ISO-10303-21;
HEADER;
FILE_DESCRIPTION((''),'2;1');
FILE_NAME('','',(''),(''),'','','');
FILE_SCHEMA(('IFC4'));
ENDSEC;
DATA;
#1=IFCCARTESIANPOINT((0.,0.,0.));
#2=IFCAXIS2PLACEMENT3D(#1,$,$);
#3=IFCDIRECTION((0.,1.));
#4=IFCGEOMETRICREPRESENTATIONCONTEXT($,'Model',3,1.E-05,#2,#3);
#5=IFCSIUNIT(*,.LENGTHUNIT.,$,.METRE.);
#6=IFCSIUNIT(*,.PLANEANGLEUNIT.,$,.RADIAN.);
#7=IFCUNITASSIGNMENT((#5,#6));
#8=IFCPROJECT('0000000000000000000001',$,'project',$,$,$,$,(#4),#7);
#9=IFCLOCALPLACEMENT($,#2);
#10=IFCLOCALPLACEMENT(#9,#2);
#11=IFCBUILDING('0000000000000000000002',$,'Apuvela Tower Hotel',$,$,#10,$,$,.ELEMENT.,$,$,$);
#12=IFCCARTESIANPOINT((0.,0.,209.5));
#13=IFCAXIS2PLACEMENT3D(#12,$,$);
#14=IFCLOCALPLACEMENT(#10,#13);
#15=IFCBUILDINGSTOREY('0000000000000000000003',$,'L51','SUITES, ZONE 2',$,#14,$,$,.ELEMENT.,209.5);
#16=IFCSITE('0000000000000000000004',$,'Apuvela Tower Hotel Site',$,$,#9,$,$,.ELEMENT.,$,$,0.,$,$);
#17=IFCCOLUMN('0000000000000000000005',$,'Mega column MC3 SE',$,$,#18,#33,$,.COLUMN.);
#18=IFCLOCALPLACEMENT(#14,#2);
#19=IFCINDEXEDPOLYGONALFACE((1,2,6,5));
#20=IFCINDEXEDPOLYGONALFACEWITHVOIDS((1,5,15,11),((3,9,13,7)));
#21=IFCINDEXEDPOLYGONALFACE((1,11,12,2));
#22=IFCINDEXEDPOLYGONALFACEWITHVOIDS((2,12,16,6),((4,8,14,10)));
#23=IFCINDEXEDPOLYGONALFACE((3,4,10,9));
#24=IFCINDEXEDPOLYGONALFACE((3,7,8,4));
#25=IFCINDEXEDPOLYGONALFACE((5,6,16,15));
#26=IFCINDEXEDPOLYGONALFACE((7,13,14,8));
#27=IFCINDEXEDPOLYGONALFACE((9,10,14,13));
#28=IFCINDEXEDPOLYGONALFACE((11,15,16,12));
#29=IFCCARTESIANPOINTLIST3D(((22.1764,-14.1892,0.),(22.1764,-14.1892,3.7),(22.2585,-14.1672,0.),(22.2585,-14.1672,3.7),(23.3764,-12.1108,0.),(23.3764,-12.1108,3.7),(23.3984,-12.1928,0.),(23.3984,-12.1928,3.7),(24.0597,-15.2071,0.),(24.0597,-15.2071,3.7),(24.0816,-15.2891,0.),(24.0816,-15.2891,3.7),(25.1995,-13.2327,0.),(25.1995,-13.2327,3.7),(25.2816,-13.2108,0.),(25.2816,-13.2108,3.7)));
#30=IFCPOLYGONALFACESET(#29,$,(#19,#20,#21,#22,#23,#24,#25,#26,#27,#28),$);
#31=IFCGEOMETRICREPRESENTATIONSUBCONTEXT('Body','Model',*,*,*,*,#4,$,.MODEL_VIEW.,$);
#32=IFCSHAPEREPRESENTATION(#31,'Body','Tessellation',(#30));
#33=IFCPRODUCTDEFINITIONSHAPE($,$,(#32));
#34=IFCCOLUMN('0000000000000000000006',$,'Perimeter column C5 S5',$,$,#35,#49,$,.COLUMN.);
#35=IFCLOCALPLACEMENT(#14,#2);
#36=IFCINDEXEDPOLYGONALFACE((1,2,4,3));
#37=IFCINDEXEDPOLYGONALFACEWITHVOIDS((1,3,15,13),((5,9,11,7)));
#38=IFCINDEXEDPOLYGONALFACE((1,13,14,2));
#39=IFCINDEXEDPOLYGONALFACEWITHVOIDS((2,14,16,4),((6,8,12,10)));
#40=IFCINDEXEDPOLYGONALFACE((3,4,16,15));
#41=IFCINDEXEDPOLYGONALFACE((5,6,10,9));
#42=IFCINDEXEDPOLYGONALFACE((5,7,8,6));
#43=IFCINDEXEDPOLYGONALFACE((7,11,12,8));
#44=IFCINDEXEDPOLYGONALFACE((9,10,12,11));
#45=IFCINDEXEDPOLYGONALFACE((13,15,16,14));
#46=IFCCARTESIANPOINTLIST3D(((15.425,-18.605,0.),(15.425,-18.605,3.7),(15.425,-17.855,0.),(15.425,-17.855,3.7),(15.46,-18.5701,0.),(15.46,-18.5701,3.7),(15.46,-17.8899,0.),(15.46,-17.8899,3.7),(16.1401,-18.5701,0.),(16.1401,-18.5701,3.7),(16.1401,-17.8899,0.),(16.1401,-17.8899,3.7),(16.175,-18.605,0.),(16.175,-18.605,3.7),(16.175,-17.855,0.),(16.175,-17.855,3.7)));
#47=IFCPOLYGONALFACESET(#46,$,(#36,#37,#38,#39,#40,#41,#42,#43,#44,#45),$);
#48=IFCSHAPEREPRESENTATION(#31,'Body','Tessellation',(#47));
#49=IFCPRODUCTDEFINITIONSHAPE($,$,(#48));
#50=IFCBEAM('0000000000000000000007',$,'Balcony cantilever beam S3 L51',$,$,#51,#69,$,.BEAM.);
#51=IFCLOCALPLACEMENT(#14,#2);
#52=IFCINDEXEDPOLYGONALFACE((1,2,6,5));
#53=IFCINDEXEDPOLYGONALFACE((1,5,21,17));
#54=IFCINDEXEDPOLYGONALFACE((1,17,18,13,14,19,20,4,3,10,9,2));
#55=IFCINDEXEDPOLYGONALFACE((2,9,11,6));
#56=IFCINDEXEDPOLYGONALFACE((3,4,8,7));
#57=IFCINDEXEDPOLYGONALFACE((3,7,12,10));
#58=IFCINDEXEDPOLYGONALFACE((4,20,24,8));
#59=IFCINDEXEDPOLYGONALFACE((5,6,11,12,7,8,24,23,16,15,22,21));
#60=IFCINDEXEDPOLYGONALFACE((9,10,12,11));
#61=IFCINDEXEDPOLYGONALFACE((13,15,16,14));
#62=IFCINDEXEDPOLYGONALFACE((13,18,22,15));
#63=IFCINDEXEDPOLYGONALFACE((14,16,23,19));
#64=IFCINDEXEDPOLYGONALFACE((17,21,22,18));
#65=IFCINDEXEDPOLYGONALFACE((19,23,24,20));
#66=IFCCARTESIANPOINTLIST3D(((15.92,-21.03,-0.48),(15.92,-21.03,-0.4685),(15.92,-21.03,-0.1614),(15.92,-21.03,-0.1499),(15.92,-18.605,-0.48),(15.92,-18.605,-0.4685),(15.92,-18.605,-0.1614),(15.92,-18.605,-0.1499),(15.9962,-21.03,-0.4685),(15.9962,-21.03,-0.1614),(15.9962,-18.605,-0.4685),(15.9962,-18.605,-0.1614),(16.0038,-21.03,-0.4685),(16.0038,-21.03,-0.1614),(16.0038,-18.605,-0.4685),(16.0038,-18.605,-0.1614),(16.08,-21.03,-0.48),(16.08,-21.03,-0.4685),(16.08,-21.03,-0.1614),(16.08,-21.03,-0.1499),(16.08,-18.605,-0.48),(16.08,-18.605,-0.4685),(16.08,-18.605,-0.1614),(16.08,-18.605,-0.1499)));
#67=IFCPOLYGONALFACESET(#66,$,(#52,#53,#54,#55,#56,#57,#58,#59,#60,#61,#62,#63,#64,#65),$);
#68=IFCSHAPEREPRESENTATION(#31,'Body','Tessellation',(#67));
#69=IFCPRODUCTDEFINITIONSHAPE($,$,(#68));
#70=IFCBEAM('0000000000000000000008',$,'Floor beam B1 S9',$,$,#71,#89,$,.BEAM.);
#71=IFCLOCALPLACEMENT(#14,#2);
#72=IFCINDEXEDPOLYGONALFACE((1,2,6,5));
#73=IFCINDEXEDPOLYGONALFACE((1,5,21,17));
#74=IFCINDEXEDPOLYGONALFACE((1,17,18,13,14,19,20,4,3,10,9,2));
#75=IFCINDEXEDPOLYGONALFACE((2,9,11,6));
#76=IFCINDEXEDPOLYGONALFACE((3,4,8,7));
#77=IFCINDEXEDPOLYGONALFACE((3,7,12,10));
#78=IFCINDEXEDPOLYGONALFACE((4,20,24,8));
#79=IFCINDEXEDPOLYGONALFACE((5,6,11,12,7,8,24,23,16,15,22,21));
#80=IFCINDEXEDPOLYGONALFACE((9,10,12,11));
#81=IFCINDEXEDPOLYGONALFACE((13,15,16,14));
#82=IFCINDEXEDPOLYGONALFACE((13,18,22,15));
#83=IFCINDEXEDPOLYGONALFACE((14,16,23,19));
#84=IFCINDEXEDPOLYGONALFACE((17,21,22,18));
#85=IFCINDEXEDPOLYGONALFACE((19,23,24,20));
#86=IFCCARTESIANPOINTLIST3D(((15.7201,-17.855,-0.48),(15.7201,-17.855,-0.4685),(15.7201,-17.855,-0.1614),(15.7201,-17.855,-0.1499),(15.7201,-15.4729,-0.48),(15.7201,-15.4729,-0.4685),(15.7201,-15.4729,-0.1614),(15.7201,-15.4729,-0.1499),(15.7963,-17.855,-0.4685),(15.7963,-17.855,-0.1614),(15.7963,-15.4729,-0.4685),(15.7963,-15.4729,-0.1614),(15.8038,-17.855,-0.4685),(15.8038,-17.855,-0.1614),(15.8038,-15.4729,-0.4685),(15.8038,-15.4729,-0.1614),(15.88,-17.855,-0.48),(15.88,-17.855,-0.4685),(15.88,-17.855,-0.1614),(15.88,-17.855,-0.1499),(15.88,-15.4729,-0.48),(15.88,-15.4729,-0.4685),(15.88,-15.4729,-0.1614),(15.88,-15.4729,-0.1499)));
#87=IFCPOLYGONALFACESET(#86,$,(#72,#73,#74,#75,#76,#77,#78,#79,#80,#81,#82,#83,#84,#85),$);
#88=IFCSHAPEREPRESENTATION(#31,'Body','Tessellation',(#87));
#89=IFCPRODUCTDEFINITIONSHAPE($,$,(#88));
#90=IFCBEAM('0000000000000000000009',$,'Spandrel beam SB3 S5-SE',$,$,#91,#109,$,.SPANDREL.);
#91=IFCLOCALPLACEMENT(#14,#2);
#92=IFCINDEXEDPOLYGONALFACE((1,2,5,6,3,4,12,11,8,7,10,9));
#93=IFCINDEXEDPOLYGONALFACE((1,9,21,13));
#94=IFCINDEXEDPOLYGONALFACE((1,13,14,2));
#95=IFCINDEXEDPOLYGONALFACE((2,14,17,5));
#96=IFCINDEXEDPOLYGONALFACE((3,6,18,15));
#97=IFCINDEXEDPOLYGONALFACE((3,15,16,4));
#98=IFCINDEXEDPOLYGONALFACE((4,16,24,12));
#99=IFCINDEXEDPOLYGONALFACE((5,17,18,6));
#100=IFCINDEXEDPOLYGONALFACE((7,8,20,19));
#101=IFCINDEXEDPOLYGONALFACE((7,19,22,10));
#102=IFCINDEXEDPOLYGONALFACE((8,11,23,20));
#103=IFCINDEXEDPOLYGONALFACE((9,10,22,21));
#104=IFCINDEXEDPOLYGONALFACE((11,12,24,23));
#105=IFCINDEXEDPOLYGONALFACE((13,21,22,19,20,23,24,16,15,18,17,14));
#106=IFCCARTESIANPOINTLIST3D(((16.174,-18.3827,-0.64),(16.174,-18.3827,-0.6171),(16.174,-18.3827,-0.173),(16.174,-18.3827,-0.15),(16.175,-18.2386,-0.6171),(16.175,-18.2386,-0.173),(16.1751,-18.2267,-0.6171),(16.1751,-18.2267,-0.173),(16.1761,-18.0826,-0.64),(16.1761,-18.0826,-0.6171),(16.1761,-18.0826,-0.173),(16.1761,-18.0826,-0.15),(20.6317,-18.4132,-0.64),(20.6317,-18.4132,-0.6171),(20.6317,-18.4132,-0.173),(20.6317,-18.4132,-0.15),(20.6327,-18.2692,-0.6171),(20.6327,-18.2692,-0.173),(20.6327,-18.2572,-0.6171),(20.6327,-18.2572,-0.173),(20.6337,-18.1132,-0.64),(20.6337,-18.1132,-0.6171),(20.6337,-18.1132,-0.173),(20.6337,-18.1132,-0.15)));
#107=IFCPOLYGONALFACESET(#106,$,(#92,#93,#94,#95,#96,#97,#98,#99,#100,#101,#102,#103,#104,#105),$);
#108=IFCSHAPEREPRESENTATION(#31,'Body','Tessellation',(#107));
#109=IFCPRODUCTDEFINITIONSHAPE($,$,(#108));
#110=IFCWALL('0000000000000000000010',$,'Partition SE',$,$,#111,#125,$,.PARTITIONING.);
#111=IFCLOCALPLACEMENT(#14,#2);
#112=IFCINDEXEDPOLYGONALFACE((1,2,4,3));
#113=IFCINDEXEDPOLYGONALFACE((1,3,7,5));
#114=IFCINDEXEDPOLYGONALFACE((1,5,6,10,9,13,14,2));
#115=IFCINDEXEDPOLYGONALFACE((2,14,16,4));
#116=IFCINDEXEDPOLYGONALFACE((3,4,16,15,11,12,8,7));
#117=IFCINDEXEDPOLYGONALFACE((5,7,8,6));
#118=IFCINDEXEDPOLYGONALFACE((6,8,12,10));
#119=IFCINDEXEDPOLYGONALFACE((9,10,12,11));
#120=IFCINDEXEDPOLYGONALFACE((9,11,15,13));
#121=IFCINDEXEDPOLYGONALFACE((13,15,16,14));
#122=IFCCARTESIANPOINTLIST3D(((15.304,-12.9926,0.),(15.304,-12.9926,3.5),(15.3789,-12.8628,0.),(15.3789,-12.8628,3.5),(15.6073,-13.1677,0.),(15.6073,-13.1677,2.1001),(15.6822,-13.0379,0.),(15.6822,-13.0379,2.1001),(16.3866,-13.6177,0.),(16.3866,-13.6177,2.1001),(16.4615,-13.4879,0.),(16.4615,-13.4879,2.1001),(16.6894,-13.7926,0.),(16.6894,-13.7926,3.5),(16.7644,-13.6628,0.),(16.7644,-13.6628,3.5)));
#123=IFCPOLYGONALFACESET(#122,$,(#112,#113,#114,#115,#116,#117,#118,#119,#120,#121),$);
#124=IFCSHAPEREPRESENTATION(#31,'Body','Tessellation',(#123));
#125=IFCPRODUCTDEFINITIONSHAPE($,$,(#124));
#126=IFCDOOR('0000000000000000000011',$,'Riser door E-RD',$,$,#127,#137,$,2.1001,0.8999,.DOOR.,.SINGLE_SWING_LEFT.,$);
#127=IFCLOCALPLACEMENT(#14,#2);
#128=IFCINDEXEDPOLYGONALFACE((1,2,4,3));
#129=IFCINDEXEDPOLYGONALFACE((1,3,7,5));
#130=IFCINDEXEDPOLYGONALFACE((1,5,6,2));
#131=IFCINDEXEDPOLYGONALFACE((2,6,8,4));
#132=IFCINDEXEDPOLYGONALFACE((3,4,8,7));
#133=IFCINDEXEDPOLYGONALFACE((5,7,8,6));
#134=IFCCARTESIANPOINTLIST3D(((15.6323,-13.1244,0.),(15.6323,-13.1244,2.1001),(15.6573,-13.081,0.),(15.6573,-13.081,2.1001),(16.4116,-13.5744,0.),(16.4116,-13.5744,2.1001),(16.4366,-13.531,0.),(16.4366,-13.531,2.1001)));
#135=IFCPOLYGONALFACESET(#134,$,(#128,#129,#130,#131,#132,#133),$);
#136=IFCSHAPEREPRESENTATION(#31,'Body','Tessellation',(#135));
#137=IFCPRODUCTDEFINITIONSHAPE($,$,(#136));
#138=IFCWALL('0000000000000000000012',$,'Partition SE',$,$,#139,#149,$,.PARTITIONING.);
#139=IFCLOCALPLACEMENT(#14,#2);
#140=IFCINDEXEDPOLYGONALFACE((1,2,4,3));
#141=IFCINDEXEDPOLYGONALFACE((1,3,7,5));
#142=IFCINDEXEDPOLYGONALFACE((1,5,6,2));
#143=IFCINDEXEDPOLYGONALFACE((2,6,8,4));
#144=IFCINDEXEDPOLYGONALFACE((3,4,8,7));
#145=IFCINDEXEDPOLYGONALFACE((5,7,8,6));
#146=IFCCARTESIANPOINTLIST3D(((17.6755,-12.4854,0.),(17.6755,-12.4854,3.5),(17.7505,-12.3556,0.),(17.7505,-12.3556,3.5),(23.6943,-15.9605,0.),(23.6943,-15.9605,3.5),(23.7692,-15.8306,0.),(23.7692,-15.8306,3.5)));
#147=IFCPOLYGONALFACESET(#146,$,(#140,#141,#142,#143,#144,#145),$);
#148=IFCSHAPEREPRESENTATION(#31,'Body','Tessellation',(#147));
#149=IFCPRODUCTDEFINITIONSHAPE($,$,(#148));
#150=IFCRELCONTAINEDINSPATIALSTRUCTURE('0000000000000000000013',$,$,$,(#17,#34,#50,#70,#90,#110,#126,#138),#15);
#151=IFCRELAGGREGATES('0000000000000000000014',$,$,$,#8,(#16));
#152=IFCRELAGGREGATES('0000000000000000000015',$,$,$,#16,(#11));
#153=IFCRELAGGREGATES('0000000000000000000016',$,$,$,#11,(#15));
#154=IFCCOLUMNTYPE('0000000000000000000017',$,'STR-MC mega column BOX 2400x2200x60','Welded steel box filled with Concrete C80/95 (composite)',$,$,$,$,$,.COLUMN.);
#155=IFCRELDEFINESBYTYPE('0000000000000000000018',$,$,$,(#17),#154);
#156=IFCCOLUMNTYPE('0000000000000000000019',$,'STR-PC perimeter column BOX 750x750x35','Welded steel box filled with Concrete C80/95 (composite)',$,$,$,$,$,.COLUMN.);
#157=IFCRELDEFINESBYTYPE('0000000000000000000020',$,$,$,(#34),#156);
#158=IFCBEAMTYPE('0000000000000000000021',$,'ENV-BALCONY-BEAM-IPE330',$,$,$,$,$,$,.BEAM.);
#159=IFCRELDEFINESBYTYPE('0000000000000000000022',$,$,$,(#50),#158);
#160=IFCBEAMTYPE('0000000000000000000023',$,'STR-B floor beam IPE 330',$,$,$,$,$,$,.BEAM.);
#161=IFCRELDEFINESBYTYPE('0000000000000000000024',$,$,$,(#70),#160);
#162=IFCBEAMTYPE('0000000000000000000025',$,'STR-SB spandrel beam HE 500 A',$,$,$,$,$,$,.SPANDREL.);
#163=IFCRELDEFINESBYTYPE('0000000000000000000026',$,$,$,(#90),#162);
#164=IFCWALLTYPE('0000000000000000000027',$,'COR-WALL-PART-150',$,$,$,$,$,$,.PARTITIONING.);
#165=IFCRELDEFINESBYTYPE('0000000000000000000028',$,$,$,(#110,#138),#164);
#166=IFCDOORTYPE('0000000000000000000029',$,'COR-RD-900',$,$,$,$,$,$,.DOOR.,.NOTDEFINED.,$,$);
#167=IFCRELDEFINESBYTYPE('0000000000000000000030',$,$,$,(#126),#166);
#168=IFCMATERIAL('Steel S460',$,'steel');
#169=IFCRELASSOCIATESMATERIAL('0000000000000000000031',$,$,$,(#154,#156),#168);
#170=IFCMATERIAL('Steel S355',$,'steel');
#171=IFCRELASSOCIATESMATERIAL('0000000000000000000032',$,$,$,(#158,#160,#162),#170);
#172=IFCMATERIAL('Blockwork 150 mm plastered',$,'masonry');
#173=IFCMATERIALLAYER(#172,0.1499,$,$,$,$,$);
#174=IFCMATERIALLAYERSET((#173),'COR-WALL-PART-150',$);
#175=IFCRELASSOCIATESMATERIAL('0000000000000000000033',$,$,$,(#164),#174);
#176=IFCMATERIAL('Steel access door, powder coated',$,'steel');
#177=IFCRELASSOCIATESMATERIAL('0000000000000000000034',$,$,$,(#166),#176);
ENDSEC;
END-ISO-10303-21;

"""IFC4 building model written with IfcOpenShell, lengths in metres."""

from ifc_helpers import new_model, si_unit, direction, frame, frame_2d, origin, origin_2d, place, context, subcontext, project, spatial, rectangle, hollow_rectangle, i_section, extrude, material, layer, layer_set, material_profile, profile_set, type_object, element, fill, save


model = new_model("IFC4")

# Units and contexts
model_context = context("Model", 3, precision=1e-05, world=origin(), true_north=direction((0.0, 1.0)))
body_context = subcontext(model_context, "Body", "Model", "MODEL_VIEW")
ifc_project = project(units=[si_unit("LENGTHUNIT", "METRE"), si_unit("PLANEANGLEUNIT", "RADIAN")], contexts=[model_context])

# Site, building, storey
site_placement = place(None, origin())
site = spatial("IfcSite", under=ifc_project, at=site_placement, Name="Apuvela Tower Hotel Site", CompositionType="ELEMENT", RefElevation=0.0)
building_placement = place(site_placement, origin())
building = spatial("IfcBuilding", under=site, at=building_placement, Name="Apuvela Tower Hotel", CompositionType="ELEMENT")
storey_placement = place(building_placement, frame((0.0, 0.0, 209.5)))
storey = spatial("IfcBuildingStorey", under=building, at=storey_placement, Name="L51", Description="SUITES, ZONE 2", CompositionType="ELEMENT", Elevation=209.5)

# Columns
ifc_material_1 = material(Name="Steel S460", Category="steel")
ifc_material_profile_1 = material_profile(ifc_material_1, hollow_rectangle(XDim=2.3999, YDim=2.2, WallThickness=0.0601, at=origin_2d()), Name="BOX 2400x2200x60")
ifc_material_2 = material(Name="Concrete C80/95", Category="concrete")
ifc_material_profile_2 = material_profile(ifc_material_2, rectangle(XDim=2.28, YDim=2.0801, at=origin_2d()), Name="Concrete C80/95 infill")
ifc_profile_set_1 = profile_set([ifc_material_profile_1, ifc_material_profile_2], Name="Steel S460")
column_type_1 = type_object("IfcColumnType", Name="STR-MC mega column BOX 2400x2200x60", Description="Welded steel box filled with Concrete C80/95 (composite)", PredefinedType="COLUMN", material=ifc_profile_set_1)
column_1_placement = place(storey_placement, frame((23.729, -13.7, 0.0), z_axis=(0.0, 0.0, 1.0), x_axis=(0.5, 0.866025, 0.0)))
element("IfcColumn", 1, at=column_1_placement, inside=storey, type_object=column_type_1, Name="Mega column MC3 SE", PredefinedType="COLUMN", context=body_context, shape_type="SweptSolid", body=[
    extrude(hollow_rectangle(XDim=2.3999, YDim=2.2, WallThickness=0.0601, at=origin_2d()), origin(), (0.0, 0.0, 1.0), 3.7),
])
ifc_material_profile_3 = material_profile(ifc_material_1, hollow_rectangle(XDim=0.75, YDim=0.75, WallThickness=0.0349, at=origin_2d()), Name="BOX 750x750x35")
ifc_material_profile_4 = material_profile(ifc_material_2, rectangle(XDim=0.6799, YDim=0.6799, at=origin_2d()), Name="Concrete C80/95 infill")
ifc_profile_set_2 = profile_set([ifc_material_profile_3, ifc_material_profile_4], Name="Steel S460")
column_type_2 = type_object("IfcColumnType", Name="STR-PC perimeter column BOX 750x750x35", Description="Welded steel box filled with Concrete C80/95 (composite)", PredefinedType="COLUMN", material=ifc_profile_set_2)
column_2_placement = place(storey_placement, frame((15.8, -18.23, 0.0), z_axis=(0.0, 0.0, 1.0), x_axis=(-1.0, 0.0, 0.0)))
element("IfcColumn", 2, at=column_2_placement, inside=storey, type_object=column_type_2, Name="Perimeter column C5 S5", PredefinedType="COLUMN", context=body_context, shape_type="SweptSolid", body=[
    extrude(hollow_rectangle(XDim=0.75, YDim=0.75, WallThickness=0.0349, at=origin_2d()), origin(), (0.0, 0.0, 1.0), 3.7),
])

# Beams
ifc_material_3 = material(Name="Steel S355", Category="steel")
ifc_material_profile_5 = material_profile(ifc_material_3, i_section(OverallWidth=0.1599, OverallDepth=0.3301, WebThickness=0.0076, FlangeThickness=0.0115, at=origin_2d()), Name="IPE 330")
ifc_profile_set_3 = profile_set([ifc_material_profile_5], Name="Steel S355")
beam_type_1 = type_object("IfcBeamType", Name="ENV-BALCONY-BEAM-IPE330", PredefinedType="BEAM", material=ifc_profile_set_3)
beam_1_placement = place(storey_placement, frame((16.0, -18.605, -0.3149), z_axis=(0.0, -1.0, 0.0), x_axis=(1.0, 0.0, 0.0)))
element("IfcBeam", 3, at=beam_1_placement, inside=storey, type_object=beam_type_1, Name="Balcony cantilever beam S3 L51", PredefinedType="BEAM", context=body_context, shape_type="SweptSolid", body=[
    extrude(i_section(OverallWidth=0.1599, OverallDepth=0.3301, WebThickness=0.0076, FlangeThickness=0.0115, at=origin_2d()), origin(), (0.0, 0.0, 1.0), 2.425),
])
ifc_material_profile_6 = material_profile(ifc_material_3, i_section(OverallWidth=0.1599, OverallDepth=0.3301, WebThickness=0.0076, FlangeThickness=0.0115, at=origin_2d()), Name="IPE 330")
ifc_profile_set_4 = profile_set([ifc_material_profile_6], Name="Steel S355")
beam_type_2 = type_object("IfcBeamType", Name="STR-B floor beam IPE 330", PredefinedType="BEAM", material=ifc_profile_set_4)
beam_2_placement = place(storey_placement, frame((15.8, -17.855, -0.3149), z_axis=(0.0, 1.0, 0.0), x_axis=(-1.0, 0.0, 0.0)))
element("IfcBeam", 4, at=beam_2_placement, inside=storey, type_object=beam_type_2, Name="Floor beam B1 S9", PredefinedType="BEAM", context=body_context, shape_type="SweptSolid", body=[
    extrude(i_section(OverallWidth=0.1599, OverallDepth=0.3301, WebThickness=0.0076, FlangeThickness=0.0115, at=origin_2d()), origin(), (0.0, 0.0, 1.0), 2.3821),
])
ifc_material_profile_7 = material_profile(ifc_material_3, i_section(OverallWidth=0.3, OverallDepth=0.49, WebThickness=0.012, FlangeThickness=0.0229, at=origin_2d()), Name="HE 500 A")
ifc_profile_set_5 = profile_set([ifc_material_profile_7], Name="Steel S355")
beam_type_3 = type_object("IfcBeamType", Name="STR-SB spandrel beam HE 500 A", PredefinedType="SPANDREL", material=ifc_profile_set_5)
beam_3_placement = place(storey_placement, frame((16.175, -18.2327, -0.395), z_axis=(0.999977, -0.006846, 0.0), x_axis=(0.006846, 0.999977, 0.0)))
element("IfcBeam", 5, at=beam_3_placement, inside=storey, type_object=beam_type_3, Name="Spandrel beam SB3 S5-SE", PredefinedType="SPANDREL", context=body_context, shape_type="SweptSolid", body=[
    extrude(i_section(OverallWidth=0.3, OverallDepth=0.49, WebThickness=0.012, FlangeThickness=0.0229, at=origin_2d()), origin(), (0.0, 0.0, 1.0), 4.4578),
])

# Wall, opening, door
ifc_material_4 = material(Name="Blockwork 150 mm plastered", Category="masonry")
ifc_layer_1 = layer(ifc_material_4, 0.1499)
ifc_layer_set_1 = layer_set([ifc_layer_1], Name="COR-WALL-PART-150")
wall_type_1 = type_object("IfcWallType", Name="COR-WALL-PART-150", PredefinedType="PARTITIONING", material=ifc_layer_set_1)
wall_1_placement = place(storey_placement, frame((15.3416, -12.9277, 0.0), z_axis=(0.0, 0.0, 1.0), x_axis=(0.86599, -0.500061, 0.0)))
wall_1 = element("IfcWall", 6, at=wall_1_placement, inside=storey, type_object=wall_type_1, Name="Partition SE", PredefinedType="PARTITIONING", context=body_context, shape_type="SweptSolid", body=[
    extrude(rectangle(XDim=1.5999, YDim=0.1499, at=frame_2d((0.7998, 0.0))), origin(), (0.0, 0.0, 1.0), 3.5),
])
opening_1_placement = place(wall_1_placement, frame((0.3501, 0.0, 0.0)))
opening_1 = element("IfcOpeningElement", 7, at=opening_1_placement, cuts=wall_1, PredefinedType="OPENING", context=body_context, shape_type="SweptSolid", body=[
    extrude(rectangle(XDim=0.8999, YDim=2.1001, at=frame_2d((0.45, 1.05))), frame((0.0, 0.085, 0.0), z_axis=(0.0, -1.0, 0.0), x_axis=(1.0, 0.0, 0.0)), (0.0, 0.0, 1.0), 0.1699),
])
ifc_material_5 = material(Name="Steel access door, powder coated", Category="steel")
door_type_1 = type_object("IfcDoorType", Name="COR-RD-900", OperationType="NOTDEFINED", PredefinedType="DOOR", material=ifc_material_5)
door_1_placement = place(opening_1_placement, frame((0.8999, 0.0, 0.0), z_axis=(0.0, 0.0, 1.0), x_axis=(-1.0, 0.0, 0.0)))
door_1 = element("IfcDoor", 8, at=door_1_placement, inside=storey, type_object=door_type_1, Name="Riser door E-RD", OperationType="SINGLE_SWING_LEFT", OverallHeight=2.1001, OverallWidth=0.8999, PredefinedType="DOOR", context=body_context, shape_type="SweptSolid", body=[
    extrude(rectangle(XDim=0.8999, YDim=2.1001, at=frame_2d((0.45, 1.05))), frame((0.0, 0.0249, 0.0), z_axis=(0.0, -1.0, 0.0), x_axis=(1.0, 0.0, 0.0)), (0.0, 0.0, 1.0), 0.05),
])
fill(opening_1, door_1)

# Wall
wall_2_placement = place(storey_placement, frame((17.7129, -12.4204, 0.0), z_axis=(0.0, 0.0, 1.0), x_axis=(0.866017, -0.500015, 0.0)))
element("IfcWall", 9, at=wall_2_placement, inside=storey, type_object=wall_type_1, Name="Partition SE", PredefinedType="PARTITIONING", context=body_context, shape_type="SweptSolid", body=[
    extrude(rectangle(XDim=6.95, YDim=0.1499, at=frame_2d((3.4751, 0.0))), origin(), (0.0, 0.0, 1.0), 3.5),
])

save(model, "model.ifc")
